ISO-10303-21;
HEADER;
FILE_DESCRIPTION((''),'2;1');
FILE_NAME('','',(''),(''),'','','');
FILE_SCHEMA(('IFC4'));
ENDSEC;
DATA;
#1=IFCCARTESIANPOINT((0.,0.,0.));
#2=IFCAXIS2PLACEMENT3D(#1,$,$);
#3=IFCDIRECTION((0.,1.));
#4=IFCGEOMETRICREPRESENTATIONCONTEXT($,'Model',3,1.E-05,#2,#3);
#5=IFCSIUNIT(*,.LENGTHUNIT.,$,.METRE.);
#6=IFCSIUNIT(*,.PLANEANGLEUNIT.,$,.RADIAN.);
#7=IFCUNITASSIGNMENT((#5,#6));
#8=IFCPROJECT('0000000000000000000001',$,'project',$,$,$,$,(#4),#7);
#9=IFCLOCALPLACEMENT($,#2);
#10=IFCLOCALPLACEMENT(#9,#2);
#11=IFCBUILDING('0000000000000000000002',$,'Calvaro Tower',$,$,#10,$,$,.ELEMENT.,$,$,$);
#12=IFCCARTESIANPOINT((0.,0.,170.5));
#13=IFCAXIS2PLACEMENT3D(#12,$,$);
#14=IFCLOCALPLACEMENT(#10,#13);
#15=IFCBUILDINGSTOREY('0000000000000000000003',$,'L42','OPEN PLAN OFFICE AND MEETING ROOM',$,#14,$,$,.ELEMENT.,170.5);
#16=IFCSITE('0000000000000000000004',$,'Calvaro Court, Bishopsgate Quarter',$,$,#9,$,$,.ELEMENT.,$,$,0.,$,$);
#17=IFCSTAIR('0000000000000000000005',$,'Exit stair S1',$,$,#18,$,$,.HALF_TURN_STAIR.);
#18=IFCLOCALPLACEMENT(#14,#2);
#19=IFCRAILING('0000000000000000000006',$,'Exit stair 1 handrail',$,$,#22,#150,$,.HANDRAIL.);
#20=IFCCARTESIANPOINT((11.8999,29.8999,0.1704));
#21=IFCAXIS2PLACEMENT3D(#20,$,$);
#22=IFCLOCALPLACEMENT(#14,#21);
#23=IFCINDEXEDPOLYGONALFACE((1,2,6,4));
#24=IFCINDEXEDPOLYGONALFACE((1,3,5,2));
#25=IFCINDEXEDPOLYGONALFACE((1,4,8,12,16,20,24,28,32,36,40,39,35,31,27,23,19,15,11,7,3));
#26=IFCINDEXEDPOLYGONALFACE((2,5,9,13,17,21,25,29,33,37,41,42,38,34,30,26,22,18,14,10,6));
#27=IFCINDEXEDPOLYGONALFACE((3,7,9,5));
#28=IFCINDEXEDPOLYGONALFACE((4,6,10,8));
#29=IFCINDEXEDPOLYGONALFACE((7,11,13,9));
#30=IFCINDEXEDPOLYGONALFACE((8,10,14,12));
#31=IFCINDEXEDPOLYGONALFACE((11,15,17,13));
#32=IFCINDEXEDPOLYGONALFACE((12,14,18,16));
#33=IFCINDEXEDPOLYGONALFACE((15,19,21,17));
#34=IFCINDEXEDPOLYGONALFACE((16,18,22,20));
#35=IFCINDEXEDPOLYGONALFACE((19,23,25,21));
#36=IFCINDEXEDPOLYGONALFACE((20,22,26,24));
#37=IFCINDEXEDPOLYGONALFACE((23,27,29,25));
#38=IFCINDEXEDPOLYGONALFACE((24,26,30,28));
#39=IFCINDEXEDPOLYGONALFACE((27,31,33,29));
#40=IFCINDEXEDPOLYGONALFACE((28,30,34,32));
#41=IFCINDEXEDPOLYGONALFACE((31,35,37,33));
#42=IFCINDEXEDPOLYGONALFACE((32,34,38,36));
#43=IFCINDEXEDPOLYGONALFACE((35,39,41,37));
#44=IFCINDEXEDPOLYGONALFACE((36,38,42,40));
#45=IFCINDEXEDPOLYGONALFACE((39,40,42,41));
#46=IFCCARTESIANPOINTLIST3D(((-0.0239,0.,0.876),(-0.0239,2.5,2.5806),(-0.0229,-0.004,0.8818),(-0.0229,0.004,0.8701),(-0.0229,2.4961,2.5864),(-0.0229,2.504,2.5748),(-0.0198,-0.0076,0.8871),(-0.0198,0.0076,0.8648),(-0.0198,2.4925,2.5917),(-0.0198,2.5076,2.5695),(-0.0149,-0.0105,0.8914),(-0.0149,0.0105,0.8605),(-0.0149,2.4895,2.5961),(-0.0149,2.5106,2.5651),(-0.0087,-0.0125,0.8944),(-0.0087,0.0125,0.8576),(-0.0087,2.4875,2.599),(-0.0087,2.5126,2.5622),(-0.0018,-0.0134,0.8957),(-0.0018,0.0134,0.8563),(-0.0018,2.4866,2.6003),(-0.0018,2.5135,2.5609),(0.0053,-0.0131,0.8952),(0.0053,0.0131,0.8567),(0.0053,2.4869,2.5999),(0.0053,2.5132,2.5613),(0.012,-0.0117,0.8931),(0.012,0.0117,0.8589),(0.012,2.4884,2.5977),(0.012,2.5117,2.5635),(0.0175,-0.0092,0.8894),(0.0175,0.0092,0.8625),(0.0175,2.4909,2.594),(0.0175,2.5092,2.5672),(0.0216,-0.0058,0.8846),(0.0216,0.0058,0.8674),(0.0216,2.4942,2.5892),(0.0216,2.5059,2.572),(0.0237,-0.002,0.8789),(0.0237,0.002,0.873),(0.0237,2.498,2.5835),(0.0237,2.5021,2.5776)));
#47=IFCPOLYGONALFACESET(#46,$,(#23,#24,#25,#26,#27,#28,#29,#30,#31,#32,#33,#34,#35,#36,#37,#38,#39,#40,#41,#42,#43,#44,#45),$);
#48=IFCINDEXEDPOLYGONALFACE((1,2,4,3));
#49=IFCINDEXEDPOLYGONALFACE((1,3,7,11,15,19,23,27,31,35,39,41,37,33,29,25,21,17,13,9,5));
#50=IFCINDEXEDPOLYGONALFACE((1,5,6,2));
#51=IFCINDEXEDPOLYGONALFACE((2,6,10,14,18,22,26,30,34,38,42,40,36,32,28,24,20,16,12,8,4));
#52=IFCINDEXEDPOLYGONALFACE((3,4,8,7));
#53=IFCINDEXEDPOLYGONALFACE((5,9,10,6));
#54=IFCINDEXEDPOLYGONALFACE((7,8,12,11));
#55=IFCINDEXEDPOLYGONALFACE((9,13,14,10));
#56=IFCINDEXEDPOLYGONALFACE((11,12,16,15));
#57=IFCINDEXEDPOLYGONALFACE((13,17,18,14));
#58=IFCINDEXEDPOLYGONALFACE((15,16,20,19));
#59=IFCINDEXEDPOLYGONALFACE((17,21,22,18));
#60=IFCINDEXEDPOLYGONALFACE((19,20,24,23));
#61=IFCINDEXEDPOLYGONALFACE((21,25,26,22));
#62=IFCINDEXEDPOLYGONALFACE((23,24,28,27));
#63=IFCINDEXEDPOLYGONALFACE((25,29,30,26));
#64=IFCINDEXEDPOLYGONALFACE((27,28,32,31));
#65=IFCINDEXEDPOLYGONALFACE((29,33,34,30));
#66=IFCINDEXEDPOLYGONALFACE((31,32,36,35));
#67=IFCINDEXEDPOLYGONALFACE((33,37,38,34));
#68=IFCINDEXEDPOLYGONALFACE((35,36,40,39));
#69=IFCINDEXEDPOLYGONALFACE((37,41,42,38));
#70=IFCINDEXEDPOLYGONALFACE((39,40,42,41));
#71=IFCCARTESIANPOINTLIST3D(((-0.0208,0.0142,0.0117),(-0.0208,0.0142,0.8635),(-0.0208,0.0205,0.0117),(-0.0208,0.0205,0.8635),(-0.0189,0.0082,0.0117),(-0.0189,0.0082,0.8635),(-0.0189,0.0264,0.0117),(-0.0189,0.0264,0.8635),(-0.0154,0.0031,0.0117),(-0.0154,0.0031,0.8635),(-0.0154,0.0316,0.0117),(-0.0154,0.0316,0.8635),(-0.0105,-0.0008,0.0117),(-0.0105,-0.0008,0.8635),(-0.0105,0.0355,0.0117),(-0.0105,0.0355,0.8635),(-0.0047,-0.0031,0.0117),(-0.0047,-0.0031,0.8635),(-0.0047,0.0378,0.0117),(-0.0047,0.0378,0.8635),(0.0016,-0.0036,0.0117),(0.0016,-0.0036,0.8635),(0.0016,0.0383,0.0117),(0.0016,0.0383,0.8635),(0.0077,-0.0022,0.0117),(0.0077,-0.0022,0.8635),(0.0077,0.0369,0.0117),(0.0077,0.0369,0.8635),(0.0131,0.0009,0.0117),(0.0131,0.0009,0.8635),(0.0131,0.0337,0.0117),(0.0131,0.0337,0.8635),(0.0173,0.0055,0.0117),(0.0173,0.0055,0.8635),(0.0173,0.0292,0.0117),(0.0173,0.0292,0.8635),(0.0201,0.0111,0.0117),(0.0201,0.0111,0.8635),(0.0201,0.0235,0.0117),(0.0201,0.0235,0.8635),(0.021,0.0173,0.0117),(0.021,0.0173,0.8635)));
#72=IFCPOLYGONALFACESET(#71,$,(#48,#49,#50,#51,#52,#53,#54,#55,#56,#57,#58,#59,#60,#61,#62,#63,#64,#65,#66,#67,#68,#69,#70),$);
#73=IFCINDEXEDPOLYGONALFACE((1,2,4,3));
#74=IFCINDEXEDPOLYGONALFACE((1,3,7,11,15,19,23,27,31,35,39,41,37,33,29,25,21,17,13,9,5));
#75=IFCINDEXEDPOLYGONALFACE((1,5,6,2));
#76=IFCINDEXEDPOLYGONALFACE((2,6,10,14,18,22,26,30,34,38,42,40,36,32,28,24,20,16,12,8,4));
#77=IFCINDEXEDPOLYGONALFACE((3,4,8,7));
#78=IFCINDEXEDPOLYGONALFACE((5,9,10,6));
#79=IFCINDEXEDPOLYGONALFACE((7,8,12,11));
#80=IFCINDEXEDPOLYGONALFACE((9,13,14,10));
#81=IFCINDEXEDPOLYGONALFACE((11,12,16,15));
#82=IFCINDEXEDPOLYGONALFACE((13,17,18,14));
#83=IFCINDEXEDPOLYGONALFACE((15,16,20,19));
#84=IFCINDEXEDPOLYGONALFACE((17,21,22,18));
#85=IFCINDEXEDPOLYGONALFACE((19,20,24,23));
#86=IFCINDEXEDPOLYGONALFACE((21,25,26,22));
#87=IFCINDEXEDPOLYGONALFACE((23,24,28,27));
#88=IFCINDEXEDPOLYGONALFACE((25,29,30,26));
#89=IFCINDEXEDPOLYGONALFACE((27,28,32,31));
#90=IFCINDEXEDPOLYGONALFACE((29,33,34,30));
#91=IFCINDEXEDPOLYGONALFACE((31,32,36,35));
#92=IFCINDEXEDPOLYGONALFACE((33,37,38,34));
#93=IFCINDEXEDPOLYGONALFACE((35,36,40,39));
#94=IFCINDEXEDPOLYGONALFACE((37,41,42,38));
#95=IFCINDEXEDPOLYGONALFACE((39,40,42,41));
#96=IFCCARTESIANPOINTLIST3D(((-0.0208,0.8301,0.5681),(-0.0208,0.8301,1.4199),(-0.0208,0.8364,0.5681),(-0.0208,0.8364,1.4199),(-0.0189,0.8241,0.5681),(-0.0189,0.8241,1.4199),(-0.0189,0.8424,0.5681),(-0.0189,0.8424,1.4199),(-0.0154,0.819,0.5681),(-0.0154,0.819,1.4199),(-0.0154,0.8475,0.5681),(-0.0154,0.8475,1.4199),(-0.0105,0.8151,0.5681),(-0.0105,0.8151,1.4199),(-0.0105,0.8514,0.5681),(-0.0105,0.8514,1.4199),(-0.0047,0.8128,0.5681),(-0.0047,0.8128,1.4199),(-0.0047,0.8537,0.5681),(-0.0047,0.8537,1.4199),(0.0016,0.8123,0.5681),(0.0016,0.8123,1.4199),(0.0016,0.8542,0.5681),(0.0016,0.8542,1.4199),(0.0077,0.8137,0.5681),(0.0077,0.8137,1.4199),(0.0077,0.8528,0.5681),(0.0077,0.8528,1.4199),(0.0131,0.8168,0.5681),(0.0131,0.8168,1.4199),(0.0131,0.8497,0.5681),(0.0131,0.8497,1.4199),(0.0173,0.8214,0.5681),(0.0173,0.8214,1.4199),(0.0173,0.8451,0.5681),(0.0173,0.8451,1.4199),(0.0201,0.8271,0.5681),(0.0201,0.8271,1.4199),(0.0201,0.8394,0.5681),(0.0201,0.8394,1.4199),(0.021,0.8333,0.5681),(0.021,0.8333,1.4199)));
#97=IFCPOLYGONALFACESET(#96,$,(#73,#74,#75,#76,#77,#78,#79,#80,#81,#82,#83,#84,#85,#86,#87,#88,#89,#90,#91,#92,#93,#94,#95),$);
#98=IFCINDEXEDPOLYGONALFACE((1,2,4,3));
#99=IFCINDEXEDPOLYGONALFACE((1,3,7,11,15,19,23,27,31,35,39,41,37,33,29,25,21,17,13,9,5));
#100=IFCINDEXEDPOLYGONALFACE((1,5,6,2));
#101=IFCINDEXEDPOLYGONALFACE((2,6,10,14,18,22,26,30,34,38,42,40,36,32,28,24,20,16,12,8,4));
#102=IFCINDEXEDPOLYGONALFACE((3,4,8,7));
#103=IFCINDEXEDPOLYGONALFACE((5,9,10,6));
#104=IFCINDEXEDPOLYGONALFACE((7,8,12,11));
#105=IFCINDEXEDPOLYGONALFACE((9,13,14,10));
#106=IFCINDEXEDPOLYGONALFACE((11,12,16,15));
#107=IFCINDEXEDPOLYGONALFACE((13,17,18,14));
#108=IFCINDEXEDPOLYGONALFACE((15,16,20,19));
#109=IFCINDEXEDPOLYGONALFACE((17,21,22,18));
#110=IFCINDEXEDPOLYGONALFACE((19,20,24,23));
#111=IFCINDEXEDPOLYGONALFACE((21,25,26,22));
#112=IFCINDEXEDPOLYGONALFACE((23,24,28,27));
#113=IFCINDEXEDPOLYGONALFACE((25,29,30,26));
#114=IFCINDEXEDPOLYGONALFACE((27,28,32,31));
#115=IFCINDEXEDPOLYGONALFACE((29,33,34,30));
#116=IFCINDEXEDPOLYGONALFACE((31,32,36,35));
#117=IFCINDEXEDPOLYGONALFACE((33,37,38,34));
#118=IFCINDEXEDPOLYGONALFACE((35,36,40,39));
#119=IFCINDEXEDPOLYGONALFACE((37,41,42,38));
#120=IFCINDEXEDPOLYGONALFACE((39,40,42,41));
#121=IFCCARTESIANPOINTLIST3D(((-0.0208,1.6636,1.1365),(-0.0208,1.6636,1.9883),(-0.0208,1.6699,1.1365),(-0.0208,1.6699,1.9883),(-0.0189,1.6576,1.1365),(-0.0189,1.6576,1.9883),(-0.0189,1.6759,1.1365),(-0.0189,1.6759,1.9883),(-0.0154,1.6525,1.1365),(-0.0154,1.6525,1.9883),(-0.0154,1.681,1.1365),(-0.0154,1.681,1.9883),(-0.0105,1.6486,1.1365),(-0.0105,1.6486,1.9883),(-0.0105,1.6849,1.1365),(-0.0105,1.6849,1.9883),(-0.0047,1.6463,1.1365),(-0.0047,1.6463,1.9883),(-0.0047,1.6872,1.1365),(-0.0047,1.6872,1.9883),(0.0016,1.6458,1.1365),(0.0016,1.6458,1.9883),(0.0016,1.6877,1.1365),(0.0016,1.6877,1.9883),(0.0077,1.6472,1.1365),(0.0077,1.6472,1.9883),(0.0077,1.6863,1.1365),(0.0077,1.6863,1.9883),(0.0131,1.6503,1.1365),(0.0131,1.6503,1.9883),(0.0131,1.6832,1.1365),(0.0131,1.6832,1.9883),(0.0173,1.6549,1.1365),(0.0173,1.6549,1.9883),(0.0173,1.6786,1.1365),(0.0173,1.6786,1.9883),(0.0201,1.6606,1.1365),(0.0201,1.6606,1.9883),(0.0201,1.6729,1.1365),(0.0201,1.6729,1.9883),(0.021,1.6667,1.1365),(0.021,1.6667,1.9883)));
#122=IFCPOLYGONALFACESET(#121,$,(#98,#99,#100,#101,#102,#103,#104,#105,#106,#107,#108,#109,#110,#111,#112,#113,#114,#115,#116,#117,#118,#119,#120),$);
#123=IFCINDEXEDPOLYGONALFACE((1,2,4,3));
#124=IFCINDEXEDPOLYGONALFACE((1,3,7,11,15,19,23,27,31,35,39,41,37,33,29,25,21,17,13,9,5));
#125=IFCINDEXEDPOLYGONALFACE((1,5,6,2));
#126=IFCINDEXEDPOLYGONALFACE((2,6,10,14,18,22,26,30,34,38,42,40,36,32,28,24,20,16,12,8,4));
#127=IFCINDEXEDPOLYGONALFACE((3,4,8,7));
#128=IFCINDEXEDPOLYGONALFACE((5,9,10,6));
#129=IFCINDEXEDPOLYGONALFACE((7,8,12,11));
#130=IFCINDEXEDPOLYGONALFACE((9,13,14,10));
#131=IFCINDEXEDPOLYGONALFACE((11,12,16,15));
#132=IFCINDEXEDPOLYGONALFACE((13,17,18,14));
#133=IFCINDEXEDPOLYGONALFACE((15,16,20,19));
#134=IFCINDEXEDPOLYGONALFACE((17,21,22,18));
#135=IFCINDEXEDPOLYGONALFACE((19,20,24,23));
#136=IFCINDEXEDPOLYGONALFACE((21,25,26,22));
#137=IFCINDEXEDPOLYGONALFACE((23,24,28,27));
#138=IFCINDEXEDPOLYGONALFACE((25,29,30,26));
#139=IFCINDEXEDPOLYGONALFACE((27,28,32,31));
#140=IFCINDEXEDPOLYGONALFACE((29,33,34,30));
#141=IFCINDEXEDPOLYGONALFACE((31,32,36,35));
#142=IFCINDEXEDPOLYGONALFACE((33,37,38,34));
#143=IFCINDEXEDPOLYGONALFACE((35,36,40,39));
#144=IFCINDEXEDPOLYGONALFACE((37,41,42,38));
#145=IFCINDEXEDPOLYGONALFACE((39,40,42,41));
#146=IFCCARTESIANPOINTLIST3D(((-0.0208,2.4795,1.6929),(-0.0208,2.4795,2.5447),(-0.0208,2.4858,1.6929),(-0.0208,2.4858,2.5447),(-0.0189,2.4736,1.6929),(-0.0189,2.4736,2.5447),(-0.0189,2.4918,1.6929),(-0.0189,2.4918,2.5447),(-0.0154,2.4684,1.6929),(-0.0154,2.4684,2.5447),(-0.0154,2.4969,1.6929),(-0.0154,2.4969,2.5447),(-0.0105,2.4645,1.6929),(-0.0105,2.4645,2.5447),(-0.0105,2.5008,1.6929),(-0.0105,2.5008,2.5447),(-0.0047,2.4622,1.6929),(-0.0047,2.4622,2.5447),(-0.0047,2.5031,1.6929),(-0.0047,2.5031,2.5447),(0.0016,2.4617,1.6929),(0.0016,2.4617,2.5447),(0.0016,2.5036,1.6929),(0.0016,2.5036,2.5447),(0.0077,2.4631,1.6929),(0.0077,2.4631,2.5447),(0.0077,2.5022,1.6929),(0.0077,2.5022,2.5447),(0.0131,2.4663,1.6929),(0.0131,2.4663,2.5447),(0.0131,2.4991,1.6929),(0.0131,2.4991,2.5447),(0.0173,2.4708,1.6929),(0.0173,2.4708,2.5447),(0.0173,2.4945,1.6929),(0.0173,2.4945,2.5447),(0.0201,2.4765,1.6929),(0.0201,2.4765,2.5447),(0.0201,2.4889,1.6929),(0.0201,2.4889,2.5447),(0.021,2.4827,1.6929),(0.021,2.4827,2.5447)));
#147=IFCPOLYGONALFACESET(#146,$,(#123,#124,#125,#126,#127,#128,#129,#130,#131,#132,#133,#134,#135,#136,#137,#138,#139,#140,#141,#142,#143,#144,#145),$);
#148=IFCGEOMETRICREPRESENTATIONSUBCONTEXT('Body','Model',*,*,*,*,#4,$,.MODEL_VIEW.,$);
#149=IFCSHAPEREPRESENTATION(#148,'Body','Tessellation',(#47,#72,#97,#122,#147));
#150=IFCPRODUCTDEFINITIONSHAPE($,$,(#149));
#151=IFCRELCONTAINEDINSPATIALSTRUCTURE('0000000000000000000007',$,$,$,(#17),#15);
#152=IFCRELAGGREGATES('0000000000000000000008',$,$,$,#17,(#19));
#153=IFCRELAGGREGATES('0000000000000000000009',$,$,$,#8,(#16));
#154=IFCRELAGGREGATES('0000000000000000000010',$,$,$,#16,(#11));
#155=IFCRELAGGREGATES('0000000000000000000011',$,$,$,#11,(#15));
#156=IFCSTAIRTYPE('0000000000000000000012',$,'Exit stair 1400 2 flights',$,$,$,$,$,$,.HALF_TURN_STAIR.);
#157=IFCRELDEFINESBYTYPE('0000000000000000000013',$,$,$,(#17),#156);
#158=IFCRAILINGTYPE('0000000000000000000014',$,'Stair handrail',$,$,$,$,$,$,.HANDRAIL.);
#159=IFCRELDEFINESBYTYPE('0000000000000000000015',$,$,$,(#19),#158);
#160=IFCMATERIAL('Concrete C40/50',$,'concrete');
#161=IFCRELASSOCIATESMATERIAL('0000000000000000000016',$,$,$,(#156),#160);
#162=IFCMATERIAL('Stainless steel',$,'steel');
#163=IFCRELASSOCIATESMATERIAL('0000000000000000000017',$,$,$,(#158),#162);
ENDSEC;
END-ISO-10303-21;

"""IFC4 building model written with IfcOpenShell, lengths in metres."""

from ifc_helpers import new_model, si_unit, direction, frame, origin, origin_2d, place, context, subcontext, project, spatial, circle, extrude, material, type_object, element, aggregate, save


model = new_model("IFC4")

# Units and contexts
model_context = context("Model", 3, precision=1e-05, world=origin(), true_north=direction((0.0, 1.0)))
body_context = subcontext(model_context, "Body", "Model", "MODEL_VIEW")
ifc_project = project(units=[si_unit("LENGTHUNIT", "METRE"), si_unit("PLANEANGLEUNIT", "RADIAN")], contexts=[model_context])

# Site, building, storey
site_placement = place(None, origin())
site = spatial("IfcSite", under=ifc_project, at=site_placement, Name="Calvaro Court, Bishopsgate Quarter", CompositionType="ELEMENT", RefElevation=0.0)
building_placement = place(site_placement, origin())
building = spatial("IfcBuilding", under=site, at=building_placement, Name="Calvaro Tower", CompositionType="ELEMENT")
storey_placement = place(building_placement, frame((0.0, 0.0, 170.5)))
storey = spatial("IfcBuildingStorey", under=building, at=storey_placement, Name="L42", Description="OPEN PLAN OFFICE AND MEETING ROOM", CompositionType="ELEMENT", Elevation=170.5)

# Stair, railing
ifc_material_1 = material(Name="Concrete C40/50", Category="concrete")
stair_type = type_object("IfcStairType", Name="Exit stair 1400 2 flights", PredefinedType="HALF_TURN_STAIR", material=ifc_material_1)
stair_placement = place(storey_placement, origin())
stair = element("IfcStair", 1, at=stair_placement, inside=storey, type_object=stair_type, Name="Exit stair S1", PredefinedType="HALF_TURN_STAIR")
ifc_material_2 = material(Name="Stainless steel", Category="steel")
railing_type = type_object("IfcRailingType", Name="Stair handrail", PredefinedType="HANDRAIL", material=ifc_material_2)
railing_1_placement = place(storey_placement, frame((11.8999, 29.8999, 0.1704)))
railing_1 = element("IfcRailing", 2, at=railing_1_placement, type_object=railing_type, Name="Exit stair 1 handrail", PredefinedType="HANDRAIL", context=body_context, shape_type="SweptSolid", body=[
    extrude(circle(Radius=0.0239, at=origin_2d()), frame((0.0, 0.0, 0.876), z_axis=(0.0, 0.826221, 0.563347), x_axis=(-1.0, 0.0, 0.0)), (0.0, 0.0, 1.0), 3.0259),
    extrude(circle(Radius=0.021, at=origin_2d()), frame((0.0, 0.0173, 0.0117)), (0.0, 0.0, 1.0), 0.8518),
    extrude(circle(Radius=0.021, at=origin_2d()), frame((0.0, 0.8333, 0.5681)), (0.0, 0.0, 1.0), 0.8518),
    extrude(circle(Radius=0.021, at=origin_2d()), frame((0.0, 1.6667, 1.1365)), (0.0, 0.0, 1.0), 0.8518),
    extrude(circle(Radius=0.021, at=origin_2d()), frame((0.0, 2.4827, 1.6929)), (0.0, 0.0, 1.0), 0.8518),
])
aggregate(stair, [railing_1])

save(model, "model.ifc")
